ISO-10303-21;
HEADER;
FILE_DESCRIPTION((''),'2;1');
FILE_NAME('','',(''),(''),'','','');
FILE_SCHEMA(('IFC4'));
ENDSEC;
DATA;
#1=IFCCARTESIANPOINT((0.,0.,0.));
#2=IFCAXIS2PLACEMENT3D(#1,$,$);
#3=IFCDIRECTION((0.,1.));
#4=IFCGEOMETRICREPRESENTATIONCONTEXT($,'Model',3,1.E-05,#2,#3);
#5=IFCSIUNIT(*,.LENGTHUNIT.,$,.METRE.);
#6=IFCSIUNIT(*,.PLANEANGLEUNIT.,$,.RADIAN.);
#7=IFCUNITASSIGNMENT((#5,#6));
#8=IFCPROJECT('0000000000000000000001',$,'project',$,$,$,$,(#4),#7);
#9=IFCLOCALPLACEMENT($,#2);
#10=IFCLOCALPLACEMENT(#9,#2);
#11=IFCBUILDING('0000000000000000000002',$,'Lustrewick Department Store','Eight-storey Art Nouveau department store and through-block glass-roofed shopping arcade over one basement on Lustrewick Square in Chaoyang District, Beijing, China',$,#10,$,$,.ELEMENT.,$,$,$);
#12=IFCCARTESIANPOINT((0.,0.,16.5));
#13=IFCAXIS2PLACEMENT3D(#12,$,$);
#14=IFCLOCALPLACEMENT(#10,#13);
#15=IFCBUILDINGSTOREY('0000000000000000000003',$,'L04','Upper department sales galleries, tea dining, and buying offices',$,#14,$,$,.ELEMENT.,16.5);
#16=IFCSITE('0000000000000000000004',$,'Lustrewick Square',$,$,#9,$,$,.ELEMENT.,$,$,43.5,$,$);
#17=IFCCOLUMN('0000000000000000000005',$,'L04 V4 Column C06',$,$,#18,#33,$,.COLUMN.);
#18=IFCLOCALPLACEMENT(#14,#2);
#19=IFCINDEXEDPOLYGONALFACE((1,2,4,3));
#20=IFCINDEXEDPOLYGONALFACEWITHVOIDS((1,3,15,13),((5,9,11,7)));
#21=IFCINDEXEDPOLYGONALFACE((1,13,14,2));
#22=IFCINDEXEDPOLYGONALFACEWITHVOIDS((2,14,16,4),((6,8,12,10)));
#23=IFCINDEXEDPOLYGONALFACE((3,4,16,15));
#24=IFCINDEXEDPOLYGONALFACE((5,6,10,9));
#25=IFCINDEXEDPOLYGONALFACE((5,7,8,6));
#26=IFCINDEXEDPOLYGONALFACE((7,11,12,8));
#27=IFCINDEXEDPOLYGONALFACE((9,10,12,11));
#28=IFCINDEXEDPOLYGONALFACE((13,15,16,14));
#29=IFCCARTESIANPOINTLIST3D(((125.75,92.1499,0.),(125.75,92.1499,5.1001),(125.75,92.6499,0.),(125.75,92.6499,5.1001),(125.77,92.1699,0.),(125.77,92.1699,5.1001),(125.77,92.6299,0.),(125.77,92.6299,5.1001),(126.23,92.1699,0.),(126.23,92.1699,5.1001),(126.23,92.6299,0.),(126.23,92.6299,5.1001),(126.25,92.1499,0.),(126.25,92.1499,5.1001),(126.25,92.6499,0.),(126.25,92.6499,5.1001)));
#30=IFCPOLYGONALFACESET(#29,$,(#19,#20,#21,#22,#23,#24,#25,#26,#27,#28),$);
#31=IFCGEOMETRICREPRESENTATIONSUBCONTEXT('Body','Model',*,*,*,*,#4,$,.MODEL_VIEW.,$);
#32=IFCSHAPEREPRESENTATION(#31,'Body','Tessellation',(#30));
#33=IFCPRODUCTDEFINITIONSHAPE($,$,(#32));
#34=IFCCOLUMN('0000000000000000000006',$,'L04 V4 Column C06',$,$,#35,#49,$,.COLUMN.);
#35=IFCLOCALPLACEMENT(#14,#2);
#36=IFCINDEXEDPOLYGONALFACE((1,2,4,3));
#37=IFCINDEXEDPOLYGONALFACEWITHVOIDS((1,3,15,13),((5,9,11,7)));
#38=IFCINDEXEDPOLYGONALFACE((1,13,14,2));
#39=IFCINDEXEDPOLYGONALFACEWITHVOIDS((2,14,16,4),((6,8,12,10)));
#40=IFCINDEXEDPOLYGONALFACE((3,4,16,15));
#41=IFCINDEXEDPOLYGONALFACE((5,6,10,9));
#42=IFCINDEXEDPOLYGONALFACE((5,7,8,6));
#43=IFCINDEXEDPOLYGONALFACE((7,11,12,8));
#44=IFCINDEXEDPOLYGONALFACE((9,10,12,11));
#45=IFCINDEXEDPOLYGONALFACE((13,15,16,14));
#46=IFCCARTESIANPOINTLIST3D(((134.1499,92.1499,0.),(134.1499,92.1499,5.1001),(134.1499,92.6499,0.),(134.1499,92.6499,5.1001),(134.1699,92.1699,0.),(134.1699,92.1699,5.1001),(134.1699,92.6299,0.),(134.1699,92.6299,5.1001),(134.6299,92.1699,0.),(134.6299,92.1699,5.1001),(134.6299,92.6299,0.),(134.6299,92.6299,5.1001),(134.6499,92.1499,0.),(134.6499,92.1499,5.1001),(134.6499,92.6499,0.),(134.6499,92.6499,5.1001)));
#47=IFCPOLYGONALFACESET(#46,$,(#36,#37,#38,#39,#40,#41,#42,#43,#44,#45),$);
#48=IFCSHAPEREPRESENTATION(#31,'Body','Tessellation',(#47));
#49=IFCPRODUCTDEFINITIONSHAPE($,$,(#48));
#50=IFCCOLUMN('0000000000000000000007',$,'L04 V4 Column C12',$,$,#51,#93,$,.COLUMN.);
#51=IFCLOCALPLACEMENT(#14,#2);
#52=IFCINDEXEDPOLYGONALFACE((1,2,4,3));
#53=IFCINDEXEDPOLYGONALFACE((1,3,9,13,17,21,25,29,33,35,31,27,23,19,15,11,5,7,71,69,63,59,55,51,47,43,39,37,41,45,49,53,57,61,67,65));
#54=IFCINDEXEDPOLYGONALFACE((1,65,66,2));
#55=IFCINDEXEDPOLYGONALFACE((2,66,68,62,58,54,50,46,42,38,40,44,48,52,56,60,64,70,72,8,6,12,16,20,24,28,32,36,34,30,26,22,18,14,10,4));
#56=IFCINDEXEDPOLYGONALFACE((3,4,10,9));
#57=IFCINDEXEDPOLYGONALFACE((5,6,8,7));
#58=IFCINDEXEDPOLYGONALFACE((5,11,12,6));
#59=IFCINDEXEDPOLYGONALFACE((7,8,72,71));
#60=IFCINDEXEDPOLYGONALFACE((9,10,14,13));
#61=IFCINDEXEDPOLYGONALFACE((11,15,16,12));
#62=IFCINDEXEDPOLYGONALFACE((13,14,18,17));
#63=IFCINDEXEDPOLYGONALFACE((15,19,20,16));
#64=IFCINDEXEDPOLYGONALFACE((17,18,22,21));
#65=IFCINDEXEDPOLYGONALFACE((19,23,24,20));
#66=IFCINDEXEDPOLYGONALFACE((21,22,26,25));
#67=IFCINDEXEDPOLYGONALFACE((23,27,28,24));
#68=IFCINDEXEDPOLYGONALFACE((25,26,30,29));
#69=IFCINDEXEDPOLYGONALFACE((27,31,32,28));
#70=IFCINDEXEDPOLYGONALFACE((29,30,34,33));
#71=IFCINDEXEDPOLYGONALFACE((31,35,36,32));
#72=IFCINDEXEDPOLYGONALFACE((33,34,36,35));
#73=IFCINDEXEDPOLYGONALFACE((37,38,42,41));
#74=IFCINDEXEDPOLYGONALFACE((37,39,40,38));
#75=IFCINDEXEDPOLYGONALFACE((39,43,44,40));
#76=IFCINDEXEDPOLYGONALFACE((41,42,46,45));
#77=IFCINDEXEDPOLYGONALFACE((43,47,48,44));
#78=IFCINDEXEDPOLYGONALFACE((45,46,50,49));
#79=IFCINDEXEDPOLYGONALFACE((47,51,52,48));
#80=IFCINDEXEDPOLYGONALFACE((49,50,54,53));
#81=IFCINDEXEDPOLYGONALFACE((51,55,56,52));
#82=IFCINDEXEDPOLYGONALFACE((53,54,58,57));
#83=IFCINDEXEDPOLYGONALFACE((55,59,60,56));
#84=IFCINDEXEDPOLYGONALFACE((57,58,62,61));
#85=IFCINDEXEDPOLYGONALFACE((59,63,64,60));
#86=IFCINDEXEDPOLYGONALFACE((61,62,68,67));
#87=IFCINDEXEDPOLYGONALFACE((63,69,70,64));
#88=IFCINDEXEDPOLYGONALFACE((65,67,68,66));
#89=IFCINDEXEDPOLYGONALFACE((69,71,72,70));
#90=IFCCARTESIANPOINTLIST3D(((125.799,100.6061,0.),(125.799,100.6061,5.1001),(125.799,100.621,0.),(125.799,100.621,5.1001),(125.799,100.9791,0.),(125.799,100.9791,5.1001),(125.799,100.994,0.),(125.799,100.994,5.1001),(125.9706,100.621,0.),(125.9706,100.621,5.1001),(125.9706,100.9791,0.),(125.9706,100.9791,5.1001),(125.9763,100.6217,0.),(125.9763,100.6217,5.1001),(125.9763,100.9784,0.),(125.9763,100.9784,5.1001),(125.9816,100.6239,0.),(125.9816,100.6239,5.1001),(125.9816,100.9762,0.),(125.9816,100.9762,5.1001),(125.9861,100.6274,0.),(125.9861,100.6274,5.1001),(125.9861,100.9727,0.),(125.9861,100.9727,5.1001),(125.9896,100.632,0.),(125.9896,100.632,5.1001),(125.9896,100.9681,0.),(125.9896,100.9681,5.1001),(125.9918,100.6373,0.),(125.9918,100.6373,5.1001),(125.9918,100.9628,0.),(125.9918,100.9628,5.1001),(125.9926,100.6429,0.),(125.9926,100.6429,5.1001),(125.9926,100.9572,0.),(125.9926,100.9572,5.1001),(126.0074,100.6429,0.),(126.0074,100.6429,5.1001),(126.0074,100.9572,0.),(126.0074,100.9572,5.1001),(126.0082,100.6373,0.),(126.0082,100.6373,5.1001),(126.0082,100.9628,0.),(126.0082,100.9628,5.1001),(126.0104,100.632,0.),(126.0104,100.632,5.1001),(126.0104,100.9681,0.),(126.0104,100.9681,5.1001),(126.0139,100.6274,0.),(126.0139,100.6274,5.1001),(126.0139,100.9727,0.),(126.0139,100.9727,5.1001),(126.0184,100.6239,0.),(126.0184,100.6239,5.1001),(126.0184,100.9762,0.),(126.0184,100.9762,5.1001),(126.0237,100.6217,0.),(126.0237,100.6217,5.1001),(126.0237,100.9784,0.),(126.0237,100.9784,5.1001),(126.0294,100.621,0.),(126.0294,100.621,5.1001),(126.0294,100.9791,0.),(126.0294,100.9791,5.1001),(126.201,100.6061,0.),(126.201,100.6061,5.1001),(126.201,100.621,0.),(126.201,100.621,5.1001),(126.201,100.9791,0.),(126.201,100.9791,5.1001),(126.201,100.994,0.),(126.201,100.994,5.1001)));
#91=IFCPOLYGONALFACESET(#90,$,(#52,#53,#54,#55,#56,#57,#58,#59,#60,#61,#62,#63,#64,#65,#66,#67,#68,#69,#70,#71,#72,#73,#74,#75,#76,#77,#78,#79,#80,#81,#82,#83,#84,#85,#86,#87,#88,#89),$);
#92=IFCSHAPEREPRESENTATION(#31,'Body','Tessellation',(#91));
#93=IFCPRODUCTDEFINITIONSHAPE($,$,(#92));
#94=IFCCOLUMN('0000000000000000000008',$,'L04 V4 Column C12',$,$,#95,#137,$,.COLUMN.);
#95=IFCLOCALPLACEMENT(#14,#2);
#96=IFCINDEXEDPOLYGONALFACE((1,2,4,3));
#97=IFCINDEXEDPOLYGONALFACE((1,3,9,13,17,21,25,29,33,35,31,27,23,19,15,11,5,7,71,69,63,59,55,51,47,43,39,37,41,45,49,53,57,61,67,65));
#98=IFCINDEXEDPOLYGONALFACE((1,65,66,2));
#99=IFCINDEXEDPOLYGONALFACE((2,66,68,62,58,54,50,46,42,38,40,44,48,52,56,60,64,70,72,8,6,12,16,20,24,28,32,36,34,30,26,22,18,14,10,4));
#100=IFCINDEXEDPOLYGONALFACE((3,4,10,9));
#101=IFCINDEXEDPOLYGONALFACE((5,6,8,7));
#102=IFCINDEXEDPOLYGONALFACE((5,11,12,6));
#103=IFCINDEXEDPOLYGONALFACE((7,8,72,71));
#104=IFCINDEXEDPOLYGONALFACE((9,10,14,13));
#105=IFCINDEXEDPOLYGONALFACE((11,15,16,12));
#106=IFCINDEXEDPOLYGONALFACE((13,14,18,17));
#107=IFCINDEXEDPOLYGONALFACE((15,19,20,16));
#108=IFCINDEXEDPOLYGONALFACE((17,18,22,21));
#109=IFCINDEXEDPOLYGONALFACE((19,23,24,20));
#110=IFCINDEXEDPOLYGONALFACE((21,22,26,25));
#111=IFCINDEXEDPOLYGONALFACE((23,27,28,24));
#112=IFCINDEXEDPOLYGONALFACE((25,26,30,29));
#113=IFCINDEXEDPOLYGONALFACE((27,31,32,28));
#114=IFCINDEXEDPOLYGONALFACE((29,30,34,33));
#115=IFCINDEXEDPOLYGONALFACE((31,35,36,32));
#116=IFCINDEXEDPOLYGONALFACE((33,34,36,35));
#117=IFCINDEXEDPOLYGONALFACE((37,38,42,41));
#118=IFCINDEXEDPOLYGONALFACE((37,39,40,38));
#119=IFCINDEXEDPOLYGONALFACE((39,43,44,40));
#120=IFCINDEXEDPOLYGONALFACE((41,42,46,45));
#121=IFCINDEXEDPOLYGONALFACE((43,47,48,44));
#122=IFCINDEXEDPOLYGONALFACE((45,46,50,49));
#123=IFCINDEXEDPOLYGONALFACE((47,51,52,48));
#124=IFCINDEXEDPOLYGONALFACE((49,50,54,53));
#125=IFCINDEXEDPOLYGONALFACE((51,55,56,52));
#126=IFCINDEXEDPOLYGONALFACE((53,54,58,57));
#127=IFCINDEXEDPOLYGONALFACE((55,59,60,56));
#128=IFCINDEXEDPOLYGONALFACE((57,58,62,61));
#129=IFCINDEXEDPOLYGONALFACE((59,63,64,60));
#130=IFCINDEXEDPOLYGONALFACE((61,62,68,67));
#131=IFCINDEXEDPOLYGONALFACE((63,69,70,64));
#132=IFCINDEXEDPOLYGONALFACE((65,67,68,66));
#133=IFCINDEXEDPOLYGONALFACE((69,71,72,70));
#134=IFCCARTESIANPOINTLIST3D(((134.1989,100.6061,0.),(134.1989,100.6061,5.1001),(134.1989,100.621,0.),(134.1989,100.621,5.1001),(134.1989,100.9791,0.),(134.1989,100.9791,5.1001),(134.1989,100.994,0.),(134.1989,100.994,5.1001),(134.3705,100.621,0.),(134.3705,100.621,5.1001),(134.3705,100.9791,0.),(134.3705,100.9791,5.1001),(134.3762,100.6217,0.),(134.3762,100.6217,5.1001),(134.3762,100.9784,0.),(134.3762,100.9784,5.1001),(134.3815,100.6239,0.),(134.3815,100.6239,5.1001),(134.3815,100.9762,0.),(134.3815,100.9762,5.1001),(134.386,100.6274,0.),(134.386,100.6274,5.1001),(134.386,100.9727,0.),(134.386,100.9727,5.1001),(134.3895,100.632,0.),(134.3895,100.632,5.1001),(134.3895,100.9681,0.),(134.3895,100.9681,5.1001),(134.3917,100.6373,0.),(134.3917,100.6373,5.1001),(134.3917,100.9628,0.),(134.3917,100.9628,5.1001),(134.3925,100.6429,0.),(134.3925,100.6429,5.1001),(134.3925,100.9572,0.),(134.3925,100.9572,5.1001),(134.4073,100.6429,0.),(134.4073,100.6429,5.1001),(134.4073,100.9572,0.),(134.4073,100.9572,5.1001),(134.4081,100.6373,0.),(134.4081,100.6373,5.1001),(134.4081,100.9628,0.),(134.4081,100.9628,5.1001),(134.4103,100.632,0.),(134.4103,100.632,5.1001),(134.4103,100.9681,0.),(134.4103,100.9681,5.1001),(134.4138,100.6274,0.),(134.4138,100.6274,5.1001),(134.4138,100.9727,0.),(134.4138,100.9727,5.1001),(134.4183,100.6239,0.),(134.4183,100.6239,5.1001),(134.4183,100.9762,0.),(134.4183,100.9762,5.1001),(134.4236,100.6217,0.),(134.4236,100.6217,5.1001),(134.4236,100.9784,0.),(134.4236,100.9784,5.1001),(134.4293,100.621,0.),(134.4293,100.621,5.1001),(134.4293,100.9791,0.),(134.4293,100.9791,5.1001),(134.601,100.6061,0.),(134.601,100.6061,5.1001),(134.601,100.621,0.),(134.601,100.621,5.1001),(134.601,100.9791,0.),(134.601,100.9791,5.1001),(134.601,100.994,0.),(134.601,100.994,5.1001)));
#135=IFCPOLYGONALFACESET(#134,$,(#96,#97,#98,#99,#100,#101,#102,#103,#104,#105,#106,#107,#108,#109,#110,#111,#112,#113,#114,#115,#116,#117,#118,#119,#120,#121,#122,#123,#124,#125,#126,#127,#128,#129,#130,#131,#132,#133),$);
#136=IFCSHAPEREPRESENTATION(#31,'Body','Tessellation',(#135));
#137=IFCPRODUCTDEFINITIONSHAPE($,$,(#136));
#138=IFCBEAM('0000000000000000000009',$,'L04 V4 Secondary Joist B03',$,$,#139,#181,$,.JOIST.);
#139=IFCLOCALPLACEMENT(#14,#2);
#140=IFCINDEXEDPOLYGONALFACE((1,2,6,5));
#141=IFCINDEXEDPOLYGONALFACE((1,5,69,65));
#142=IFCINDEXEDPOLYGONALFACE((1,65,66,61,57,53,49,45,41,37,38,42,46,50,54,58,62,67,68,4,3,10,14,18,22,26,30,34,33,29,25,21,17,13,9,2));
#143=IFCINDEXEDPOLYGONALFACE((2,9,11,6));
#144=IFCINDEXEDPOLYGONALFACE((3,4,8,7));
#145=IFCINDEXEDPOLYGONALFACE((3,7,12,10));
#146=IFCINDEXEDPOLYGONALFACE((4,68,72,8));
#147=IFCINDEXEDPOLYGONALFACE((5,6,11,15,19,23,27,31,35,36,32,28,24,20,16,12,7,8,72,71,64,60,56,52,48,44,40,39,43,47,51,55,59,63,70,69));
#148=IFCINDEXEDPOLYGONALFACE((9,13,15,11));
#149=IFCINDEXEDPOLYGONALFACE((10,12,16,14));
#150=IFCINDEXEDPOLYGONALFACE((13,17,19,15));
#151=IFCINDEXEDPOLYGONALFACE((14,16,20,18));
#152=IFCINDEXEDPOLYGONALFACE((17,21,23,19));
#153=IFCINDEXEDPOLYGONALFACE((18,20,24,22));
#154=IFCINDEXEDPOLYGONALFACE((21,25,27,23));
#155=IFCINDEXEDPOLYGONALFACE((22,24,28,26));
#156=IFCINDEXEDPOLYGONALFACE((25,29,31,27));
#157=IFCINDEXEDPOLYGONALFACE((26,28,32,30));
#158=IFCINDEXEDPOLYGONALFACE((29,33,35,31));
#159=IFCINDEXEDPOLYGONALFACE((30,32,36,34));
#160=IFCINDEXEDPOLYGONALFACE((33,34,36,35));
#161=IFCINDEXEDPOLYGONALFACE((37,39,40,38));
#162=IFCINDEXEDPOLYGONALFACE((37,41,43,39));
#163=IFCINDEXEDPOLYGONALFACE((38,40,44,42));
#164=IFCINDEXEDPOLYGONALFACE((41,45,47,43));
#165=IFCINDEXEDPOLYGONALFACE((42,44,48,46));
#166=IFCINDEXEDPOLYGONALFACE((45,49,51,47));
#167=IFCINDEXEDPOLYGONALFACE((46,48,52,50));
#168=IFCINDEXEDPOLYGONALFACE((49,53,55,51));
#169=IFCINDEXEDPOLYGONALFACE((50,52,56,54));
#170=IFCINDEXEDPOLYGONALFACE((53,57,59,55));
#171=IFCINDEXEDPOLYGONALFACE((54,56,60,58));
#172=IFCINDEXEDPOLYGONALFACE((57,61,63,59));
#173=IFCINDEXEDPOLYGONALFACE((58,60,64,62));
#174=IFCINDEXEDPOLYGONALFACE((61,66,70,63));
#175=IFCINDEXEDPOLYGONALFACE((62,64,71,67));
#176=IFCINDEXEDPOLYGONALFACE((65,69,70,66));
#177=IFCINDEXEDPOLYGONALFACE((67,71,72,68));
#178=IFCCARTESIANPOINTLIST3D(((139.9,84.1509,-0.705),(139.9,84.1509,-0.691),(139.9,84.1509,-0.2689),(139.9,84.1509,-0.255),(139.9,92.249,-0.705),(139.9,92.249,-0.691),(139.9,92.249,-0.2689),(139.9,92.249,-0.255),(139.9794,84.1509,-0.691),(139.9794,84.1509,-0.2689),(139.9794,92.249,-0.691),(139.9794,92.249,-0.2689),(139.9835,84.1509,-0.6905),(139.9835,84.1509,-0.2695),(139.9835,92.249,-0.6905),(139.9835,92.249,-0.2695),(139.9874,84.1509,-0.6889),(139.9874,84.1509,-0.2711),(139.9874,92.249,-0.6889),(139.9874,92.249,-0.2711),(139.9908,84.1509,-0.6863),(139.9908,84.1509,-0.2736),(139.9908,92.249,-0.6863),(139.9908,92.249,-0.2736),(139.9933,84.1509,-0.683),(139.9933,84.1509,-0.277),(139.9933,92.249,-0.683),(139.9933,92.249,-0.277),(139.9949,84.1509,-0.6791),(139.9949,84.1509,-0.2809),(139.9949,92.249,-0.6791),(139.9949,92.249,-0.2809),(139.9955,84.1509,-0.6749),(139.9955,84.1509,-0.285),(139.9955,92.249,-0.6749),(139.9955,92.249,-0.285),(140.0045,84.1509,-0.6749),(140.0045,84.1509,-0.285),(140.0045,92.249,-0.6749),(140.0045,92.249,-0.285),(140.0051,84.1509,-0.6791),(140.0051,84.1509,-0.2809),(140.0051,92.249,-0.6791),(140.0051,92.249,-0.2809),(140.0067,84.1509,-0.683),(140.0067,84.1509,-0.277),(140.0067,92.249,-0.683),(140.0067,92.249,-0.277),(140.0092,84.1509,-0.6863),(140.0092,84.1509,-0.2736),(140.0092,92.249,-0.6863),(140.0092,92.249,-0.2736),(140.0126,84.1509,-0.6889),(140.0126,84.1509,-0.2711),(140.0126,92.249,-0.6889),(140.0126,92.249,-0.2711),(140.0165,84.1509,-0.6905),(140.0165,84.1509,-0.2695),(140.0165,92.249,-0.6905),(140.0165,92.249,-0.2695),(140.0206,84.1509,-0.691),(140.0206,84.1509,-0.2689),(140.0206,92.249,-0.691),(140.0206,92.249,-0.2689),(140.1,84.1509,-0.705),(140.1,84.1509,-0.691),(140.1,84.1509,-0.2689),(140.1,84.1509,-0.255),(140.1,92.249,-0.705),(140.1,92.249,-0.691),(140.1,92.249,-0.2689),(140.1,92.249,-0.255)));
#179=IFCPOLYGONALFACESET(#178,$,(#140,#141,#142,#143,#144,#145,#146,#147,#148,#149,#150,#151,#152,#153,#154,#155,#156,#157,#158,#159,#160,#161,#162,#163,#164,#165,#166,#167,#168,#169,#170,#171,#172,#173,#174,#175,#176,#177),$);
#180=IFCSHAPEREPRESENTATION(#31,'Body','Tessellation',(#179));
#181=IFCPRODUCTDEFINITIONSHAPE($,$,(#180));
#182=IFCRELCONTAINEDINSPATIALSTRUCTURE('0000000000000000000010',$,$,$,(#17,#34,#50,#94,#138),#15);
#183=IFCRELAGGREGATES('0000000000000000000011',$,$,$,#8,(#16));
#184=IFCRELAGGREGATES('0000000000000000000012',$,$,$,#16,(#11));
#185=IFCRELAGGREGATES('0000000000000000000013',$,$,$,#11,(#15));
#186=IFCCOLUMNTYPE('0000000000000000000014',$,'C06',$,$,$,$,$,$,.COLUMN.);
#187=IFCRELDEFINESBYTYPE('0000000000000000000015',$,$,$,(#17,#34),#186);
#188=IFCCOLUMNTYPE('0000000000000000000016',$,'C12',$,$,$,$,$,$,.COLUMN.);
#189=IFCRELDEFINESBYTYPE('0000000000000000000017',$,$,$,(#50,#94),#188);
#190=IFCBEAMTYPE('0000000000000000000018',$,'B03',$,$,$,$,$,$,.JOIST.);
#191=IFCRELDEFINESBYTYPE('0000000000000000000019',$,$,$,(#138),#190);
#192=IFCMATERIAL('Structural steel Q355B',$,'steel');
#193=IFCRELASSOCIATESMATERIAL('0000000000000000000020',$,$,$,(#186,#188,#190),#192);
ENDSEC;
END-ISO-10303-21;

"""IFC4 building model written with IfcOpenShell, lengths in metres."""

from ifc_helpers import new_model, si_unit, direction, frame, origin, origin_2d, place, context, subcontext, project, spatial, hollow_rectangle, i_section, extrude, material, material_profile, profile_set, type_object, element, save


model = new_model("IFC4")

# Units and contexts
model_context = context("Model", 3, precision=1e-05, world=origin(), true_north=direction((0.0, 1.0)))
body_context = subcontext(model_context, "Body", "Model", "MODEL_VIEW")
ifc_project = project(units=[si_unit("LENGTHUNIT", "METRE"), si_unit("PLANEANGLEUNIT", "RADIAN")], contexts=[model_context])

# Site, building, storey
site_placement = place(None, origin())
site = spatial("IfcSite", under=ifc_project, at=site_placement, Name="Lustrewick Square", CompositionType="ELEMENT", RefElevation=43.5)
building_placement = place(site_placement, origin())
building = spatial("IfcBuilding", under=site, at=building_placement, Name="Lustrewick Department Store", Description="Eight-storey Art Nouveau department store and through-block glass-roofed shopping arcade over one basement on Lustrewick Square in Chaoyang District, Beijing, China", CompositionType="ELEMENT")
storey_placement = place(building_placement, frame((0.0, 0.0, 16.5)))
storey = spatial("IfcBuildingStorey", under=building, at=storey_placement, Name="L04", Description="Upper department sales galleries, tea dining, and buying offices", CompositionType="ELEMENT", Elevation=16.5)

# Columns
ifc_material_1 = material(Name="Structural steel Q355B", Category="steel")
ifc_material_profile_1 = material_profile(ifc_material_1, hollow_rectangle(XDim=0.5, YDim=0.5, WallThickness=0.02, at=origin_2d()), Name="BOX 500x500x20")
ifc_profile_set_1 = profile_set([ifc_material_profile_1], Name="Structural steel Q355B")
column_type_1 = type_object("IfcColumnType", Name="C06", PredefinedType="COLUMN", material=ifc_profile_set_1)
for number, where, z_axis, x_axis, name in (
    (1, (126.0, 92.3999, 0.0), (0.0, 0.0, 1.0), (1.0, 0.0, 0.0), "L04 V4 Column C06"),
    (2, (134.3999, 92.3999, 0.0), (0.0, 0.0, 1.0), (1.0, 0.0, 0.0), "L04 V4 Column C06"),
):
    element("IfcColumn", number, at=place(storey_placement, frame(where, z_axis=z_axis, x_axis=x_axis)), inside=storey, type_object=column_type_1, Name=name, PredefinedType="COLUMN", context=body_context, shape_type="SweptSolid", body=[
        extrude(hollow_rectangle(XDim=0.5, YDim=0.5, WallThickness=0.02, at=origin_2d()), origin(), (0.0, 0.0, 1.0), 5.1001),
    ])
ifc_material_profile_2 = material_profile(ifc_material_1, i_section(OverallWidth=0.4021, OverallDepth=0.3879, WebThickness=0.0149, FlangeThickness=0.0149, FilletRadius=0.022, at=origin_2d()), Name="HW 388x402x15x15")
ifc_profile_set_2 = profile_set([ifc_material_profile_2], Name="Structural steel Q355B")
column_type_2 = type_object("IfcColumnType", Name="C12", PredefinedType="COLUMN", material=ifc_profile_set_2)
for number, where, z_axis, x_axis, name in (
    (3, (126.0, 100.8, 0.0), (0.0, 0.0, 1.0), (1.0, 0.0, 0.0), "L04 V4 Column C12"),
    (4, (134.3999, 100.8, 0.0), (0.0, 0.0, 1.0), (1.0, 0.0, 0.0), "L04 V4 Column C12"),
):
    element("IfcColumn", number, at=place(storey_placement, frame(where, z_axis=z_axis, x_axis=x_axis)), inside=storey, type_object=column_type_2, Name=name, PredefinedType="COLUMN", context=body_context, shape_type="SweptSolid", body=[
        extrude(i_section(OverallWidth=0.4021, OverallDepth=0.3879, WebThickness=0.0149, FlangeThickness=0.0149, FilletRadius=0.022, at=origin_2d()), origin(), (0.0, 0.0, 1.0), 5.1001),
    ])

# Beam
ifc_material_profile_3 = material_profile(ifc_material_1, i_section(OverallWidth=0.2, OverallDepth=0.45, WebThickness=0.009, FlangeThickness=0.0139, FilletRadius=0.0161, at=origin_2d()), Name="HN 450x200x9x14")
ifc_profile_set_3 = profile_set([ifc_material_profile_3], Name="Structural steel Q355B")
beam_type_1 = type_object("IfcBeamType", Name="B03", PredefinedType="JOIST", material=ifc_profile_set_3)
beam_1_placement = place(storey_placement, frame((140.0, 84.1509, -0.48), z_axis=(0.0, 1.0, 0.0), x_axis=(-1.0, 0.0, 0.0)))
element("IfcBeam", 5, at=beam_1_placement, inside=storey, type_object=beam_type_1, Name="L04 V4 Secondary Joist B03", PredefinedType="JOIST", context=body_context, shape_type="SweptSolid", body=[
    extrude(i_section(OverallWidth=0.2, OverallDepth=0.45, WebThickness=0.009, FlangeThickness=0.0139, FilletRadius=0.0161, at=origin_2d()), origin(), (0.0, 0.0, 1.0), 8.0981),
])

save(model, "model.ifc")
